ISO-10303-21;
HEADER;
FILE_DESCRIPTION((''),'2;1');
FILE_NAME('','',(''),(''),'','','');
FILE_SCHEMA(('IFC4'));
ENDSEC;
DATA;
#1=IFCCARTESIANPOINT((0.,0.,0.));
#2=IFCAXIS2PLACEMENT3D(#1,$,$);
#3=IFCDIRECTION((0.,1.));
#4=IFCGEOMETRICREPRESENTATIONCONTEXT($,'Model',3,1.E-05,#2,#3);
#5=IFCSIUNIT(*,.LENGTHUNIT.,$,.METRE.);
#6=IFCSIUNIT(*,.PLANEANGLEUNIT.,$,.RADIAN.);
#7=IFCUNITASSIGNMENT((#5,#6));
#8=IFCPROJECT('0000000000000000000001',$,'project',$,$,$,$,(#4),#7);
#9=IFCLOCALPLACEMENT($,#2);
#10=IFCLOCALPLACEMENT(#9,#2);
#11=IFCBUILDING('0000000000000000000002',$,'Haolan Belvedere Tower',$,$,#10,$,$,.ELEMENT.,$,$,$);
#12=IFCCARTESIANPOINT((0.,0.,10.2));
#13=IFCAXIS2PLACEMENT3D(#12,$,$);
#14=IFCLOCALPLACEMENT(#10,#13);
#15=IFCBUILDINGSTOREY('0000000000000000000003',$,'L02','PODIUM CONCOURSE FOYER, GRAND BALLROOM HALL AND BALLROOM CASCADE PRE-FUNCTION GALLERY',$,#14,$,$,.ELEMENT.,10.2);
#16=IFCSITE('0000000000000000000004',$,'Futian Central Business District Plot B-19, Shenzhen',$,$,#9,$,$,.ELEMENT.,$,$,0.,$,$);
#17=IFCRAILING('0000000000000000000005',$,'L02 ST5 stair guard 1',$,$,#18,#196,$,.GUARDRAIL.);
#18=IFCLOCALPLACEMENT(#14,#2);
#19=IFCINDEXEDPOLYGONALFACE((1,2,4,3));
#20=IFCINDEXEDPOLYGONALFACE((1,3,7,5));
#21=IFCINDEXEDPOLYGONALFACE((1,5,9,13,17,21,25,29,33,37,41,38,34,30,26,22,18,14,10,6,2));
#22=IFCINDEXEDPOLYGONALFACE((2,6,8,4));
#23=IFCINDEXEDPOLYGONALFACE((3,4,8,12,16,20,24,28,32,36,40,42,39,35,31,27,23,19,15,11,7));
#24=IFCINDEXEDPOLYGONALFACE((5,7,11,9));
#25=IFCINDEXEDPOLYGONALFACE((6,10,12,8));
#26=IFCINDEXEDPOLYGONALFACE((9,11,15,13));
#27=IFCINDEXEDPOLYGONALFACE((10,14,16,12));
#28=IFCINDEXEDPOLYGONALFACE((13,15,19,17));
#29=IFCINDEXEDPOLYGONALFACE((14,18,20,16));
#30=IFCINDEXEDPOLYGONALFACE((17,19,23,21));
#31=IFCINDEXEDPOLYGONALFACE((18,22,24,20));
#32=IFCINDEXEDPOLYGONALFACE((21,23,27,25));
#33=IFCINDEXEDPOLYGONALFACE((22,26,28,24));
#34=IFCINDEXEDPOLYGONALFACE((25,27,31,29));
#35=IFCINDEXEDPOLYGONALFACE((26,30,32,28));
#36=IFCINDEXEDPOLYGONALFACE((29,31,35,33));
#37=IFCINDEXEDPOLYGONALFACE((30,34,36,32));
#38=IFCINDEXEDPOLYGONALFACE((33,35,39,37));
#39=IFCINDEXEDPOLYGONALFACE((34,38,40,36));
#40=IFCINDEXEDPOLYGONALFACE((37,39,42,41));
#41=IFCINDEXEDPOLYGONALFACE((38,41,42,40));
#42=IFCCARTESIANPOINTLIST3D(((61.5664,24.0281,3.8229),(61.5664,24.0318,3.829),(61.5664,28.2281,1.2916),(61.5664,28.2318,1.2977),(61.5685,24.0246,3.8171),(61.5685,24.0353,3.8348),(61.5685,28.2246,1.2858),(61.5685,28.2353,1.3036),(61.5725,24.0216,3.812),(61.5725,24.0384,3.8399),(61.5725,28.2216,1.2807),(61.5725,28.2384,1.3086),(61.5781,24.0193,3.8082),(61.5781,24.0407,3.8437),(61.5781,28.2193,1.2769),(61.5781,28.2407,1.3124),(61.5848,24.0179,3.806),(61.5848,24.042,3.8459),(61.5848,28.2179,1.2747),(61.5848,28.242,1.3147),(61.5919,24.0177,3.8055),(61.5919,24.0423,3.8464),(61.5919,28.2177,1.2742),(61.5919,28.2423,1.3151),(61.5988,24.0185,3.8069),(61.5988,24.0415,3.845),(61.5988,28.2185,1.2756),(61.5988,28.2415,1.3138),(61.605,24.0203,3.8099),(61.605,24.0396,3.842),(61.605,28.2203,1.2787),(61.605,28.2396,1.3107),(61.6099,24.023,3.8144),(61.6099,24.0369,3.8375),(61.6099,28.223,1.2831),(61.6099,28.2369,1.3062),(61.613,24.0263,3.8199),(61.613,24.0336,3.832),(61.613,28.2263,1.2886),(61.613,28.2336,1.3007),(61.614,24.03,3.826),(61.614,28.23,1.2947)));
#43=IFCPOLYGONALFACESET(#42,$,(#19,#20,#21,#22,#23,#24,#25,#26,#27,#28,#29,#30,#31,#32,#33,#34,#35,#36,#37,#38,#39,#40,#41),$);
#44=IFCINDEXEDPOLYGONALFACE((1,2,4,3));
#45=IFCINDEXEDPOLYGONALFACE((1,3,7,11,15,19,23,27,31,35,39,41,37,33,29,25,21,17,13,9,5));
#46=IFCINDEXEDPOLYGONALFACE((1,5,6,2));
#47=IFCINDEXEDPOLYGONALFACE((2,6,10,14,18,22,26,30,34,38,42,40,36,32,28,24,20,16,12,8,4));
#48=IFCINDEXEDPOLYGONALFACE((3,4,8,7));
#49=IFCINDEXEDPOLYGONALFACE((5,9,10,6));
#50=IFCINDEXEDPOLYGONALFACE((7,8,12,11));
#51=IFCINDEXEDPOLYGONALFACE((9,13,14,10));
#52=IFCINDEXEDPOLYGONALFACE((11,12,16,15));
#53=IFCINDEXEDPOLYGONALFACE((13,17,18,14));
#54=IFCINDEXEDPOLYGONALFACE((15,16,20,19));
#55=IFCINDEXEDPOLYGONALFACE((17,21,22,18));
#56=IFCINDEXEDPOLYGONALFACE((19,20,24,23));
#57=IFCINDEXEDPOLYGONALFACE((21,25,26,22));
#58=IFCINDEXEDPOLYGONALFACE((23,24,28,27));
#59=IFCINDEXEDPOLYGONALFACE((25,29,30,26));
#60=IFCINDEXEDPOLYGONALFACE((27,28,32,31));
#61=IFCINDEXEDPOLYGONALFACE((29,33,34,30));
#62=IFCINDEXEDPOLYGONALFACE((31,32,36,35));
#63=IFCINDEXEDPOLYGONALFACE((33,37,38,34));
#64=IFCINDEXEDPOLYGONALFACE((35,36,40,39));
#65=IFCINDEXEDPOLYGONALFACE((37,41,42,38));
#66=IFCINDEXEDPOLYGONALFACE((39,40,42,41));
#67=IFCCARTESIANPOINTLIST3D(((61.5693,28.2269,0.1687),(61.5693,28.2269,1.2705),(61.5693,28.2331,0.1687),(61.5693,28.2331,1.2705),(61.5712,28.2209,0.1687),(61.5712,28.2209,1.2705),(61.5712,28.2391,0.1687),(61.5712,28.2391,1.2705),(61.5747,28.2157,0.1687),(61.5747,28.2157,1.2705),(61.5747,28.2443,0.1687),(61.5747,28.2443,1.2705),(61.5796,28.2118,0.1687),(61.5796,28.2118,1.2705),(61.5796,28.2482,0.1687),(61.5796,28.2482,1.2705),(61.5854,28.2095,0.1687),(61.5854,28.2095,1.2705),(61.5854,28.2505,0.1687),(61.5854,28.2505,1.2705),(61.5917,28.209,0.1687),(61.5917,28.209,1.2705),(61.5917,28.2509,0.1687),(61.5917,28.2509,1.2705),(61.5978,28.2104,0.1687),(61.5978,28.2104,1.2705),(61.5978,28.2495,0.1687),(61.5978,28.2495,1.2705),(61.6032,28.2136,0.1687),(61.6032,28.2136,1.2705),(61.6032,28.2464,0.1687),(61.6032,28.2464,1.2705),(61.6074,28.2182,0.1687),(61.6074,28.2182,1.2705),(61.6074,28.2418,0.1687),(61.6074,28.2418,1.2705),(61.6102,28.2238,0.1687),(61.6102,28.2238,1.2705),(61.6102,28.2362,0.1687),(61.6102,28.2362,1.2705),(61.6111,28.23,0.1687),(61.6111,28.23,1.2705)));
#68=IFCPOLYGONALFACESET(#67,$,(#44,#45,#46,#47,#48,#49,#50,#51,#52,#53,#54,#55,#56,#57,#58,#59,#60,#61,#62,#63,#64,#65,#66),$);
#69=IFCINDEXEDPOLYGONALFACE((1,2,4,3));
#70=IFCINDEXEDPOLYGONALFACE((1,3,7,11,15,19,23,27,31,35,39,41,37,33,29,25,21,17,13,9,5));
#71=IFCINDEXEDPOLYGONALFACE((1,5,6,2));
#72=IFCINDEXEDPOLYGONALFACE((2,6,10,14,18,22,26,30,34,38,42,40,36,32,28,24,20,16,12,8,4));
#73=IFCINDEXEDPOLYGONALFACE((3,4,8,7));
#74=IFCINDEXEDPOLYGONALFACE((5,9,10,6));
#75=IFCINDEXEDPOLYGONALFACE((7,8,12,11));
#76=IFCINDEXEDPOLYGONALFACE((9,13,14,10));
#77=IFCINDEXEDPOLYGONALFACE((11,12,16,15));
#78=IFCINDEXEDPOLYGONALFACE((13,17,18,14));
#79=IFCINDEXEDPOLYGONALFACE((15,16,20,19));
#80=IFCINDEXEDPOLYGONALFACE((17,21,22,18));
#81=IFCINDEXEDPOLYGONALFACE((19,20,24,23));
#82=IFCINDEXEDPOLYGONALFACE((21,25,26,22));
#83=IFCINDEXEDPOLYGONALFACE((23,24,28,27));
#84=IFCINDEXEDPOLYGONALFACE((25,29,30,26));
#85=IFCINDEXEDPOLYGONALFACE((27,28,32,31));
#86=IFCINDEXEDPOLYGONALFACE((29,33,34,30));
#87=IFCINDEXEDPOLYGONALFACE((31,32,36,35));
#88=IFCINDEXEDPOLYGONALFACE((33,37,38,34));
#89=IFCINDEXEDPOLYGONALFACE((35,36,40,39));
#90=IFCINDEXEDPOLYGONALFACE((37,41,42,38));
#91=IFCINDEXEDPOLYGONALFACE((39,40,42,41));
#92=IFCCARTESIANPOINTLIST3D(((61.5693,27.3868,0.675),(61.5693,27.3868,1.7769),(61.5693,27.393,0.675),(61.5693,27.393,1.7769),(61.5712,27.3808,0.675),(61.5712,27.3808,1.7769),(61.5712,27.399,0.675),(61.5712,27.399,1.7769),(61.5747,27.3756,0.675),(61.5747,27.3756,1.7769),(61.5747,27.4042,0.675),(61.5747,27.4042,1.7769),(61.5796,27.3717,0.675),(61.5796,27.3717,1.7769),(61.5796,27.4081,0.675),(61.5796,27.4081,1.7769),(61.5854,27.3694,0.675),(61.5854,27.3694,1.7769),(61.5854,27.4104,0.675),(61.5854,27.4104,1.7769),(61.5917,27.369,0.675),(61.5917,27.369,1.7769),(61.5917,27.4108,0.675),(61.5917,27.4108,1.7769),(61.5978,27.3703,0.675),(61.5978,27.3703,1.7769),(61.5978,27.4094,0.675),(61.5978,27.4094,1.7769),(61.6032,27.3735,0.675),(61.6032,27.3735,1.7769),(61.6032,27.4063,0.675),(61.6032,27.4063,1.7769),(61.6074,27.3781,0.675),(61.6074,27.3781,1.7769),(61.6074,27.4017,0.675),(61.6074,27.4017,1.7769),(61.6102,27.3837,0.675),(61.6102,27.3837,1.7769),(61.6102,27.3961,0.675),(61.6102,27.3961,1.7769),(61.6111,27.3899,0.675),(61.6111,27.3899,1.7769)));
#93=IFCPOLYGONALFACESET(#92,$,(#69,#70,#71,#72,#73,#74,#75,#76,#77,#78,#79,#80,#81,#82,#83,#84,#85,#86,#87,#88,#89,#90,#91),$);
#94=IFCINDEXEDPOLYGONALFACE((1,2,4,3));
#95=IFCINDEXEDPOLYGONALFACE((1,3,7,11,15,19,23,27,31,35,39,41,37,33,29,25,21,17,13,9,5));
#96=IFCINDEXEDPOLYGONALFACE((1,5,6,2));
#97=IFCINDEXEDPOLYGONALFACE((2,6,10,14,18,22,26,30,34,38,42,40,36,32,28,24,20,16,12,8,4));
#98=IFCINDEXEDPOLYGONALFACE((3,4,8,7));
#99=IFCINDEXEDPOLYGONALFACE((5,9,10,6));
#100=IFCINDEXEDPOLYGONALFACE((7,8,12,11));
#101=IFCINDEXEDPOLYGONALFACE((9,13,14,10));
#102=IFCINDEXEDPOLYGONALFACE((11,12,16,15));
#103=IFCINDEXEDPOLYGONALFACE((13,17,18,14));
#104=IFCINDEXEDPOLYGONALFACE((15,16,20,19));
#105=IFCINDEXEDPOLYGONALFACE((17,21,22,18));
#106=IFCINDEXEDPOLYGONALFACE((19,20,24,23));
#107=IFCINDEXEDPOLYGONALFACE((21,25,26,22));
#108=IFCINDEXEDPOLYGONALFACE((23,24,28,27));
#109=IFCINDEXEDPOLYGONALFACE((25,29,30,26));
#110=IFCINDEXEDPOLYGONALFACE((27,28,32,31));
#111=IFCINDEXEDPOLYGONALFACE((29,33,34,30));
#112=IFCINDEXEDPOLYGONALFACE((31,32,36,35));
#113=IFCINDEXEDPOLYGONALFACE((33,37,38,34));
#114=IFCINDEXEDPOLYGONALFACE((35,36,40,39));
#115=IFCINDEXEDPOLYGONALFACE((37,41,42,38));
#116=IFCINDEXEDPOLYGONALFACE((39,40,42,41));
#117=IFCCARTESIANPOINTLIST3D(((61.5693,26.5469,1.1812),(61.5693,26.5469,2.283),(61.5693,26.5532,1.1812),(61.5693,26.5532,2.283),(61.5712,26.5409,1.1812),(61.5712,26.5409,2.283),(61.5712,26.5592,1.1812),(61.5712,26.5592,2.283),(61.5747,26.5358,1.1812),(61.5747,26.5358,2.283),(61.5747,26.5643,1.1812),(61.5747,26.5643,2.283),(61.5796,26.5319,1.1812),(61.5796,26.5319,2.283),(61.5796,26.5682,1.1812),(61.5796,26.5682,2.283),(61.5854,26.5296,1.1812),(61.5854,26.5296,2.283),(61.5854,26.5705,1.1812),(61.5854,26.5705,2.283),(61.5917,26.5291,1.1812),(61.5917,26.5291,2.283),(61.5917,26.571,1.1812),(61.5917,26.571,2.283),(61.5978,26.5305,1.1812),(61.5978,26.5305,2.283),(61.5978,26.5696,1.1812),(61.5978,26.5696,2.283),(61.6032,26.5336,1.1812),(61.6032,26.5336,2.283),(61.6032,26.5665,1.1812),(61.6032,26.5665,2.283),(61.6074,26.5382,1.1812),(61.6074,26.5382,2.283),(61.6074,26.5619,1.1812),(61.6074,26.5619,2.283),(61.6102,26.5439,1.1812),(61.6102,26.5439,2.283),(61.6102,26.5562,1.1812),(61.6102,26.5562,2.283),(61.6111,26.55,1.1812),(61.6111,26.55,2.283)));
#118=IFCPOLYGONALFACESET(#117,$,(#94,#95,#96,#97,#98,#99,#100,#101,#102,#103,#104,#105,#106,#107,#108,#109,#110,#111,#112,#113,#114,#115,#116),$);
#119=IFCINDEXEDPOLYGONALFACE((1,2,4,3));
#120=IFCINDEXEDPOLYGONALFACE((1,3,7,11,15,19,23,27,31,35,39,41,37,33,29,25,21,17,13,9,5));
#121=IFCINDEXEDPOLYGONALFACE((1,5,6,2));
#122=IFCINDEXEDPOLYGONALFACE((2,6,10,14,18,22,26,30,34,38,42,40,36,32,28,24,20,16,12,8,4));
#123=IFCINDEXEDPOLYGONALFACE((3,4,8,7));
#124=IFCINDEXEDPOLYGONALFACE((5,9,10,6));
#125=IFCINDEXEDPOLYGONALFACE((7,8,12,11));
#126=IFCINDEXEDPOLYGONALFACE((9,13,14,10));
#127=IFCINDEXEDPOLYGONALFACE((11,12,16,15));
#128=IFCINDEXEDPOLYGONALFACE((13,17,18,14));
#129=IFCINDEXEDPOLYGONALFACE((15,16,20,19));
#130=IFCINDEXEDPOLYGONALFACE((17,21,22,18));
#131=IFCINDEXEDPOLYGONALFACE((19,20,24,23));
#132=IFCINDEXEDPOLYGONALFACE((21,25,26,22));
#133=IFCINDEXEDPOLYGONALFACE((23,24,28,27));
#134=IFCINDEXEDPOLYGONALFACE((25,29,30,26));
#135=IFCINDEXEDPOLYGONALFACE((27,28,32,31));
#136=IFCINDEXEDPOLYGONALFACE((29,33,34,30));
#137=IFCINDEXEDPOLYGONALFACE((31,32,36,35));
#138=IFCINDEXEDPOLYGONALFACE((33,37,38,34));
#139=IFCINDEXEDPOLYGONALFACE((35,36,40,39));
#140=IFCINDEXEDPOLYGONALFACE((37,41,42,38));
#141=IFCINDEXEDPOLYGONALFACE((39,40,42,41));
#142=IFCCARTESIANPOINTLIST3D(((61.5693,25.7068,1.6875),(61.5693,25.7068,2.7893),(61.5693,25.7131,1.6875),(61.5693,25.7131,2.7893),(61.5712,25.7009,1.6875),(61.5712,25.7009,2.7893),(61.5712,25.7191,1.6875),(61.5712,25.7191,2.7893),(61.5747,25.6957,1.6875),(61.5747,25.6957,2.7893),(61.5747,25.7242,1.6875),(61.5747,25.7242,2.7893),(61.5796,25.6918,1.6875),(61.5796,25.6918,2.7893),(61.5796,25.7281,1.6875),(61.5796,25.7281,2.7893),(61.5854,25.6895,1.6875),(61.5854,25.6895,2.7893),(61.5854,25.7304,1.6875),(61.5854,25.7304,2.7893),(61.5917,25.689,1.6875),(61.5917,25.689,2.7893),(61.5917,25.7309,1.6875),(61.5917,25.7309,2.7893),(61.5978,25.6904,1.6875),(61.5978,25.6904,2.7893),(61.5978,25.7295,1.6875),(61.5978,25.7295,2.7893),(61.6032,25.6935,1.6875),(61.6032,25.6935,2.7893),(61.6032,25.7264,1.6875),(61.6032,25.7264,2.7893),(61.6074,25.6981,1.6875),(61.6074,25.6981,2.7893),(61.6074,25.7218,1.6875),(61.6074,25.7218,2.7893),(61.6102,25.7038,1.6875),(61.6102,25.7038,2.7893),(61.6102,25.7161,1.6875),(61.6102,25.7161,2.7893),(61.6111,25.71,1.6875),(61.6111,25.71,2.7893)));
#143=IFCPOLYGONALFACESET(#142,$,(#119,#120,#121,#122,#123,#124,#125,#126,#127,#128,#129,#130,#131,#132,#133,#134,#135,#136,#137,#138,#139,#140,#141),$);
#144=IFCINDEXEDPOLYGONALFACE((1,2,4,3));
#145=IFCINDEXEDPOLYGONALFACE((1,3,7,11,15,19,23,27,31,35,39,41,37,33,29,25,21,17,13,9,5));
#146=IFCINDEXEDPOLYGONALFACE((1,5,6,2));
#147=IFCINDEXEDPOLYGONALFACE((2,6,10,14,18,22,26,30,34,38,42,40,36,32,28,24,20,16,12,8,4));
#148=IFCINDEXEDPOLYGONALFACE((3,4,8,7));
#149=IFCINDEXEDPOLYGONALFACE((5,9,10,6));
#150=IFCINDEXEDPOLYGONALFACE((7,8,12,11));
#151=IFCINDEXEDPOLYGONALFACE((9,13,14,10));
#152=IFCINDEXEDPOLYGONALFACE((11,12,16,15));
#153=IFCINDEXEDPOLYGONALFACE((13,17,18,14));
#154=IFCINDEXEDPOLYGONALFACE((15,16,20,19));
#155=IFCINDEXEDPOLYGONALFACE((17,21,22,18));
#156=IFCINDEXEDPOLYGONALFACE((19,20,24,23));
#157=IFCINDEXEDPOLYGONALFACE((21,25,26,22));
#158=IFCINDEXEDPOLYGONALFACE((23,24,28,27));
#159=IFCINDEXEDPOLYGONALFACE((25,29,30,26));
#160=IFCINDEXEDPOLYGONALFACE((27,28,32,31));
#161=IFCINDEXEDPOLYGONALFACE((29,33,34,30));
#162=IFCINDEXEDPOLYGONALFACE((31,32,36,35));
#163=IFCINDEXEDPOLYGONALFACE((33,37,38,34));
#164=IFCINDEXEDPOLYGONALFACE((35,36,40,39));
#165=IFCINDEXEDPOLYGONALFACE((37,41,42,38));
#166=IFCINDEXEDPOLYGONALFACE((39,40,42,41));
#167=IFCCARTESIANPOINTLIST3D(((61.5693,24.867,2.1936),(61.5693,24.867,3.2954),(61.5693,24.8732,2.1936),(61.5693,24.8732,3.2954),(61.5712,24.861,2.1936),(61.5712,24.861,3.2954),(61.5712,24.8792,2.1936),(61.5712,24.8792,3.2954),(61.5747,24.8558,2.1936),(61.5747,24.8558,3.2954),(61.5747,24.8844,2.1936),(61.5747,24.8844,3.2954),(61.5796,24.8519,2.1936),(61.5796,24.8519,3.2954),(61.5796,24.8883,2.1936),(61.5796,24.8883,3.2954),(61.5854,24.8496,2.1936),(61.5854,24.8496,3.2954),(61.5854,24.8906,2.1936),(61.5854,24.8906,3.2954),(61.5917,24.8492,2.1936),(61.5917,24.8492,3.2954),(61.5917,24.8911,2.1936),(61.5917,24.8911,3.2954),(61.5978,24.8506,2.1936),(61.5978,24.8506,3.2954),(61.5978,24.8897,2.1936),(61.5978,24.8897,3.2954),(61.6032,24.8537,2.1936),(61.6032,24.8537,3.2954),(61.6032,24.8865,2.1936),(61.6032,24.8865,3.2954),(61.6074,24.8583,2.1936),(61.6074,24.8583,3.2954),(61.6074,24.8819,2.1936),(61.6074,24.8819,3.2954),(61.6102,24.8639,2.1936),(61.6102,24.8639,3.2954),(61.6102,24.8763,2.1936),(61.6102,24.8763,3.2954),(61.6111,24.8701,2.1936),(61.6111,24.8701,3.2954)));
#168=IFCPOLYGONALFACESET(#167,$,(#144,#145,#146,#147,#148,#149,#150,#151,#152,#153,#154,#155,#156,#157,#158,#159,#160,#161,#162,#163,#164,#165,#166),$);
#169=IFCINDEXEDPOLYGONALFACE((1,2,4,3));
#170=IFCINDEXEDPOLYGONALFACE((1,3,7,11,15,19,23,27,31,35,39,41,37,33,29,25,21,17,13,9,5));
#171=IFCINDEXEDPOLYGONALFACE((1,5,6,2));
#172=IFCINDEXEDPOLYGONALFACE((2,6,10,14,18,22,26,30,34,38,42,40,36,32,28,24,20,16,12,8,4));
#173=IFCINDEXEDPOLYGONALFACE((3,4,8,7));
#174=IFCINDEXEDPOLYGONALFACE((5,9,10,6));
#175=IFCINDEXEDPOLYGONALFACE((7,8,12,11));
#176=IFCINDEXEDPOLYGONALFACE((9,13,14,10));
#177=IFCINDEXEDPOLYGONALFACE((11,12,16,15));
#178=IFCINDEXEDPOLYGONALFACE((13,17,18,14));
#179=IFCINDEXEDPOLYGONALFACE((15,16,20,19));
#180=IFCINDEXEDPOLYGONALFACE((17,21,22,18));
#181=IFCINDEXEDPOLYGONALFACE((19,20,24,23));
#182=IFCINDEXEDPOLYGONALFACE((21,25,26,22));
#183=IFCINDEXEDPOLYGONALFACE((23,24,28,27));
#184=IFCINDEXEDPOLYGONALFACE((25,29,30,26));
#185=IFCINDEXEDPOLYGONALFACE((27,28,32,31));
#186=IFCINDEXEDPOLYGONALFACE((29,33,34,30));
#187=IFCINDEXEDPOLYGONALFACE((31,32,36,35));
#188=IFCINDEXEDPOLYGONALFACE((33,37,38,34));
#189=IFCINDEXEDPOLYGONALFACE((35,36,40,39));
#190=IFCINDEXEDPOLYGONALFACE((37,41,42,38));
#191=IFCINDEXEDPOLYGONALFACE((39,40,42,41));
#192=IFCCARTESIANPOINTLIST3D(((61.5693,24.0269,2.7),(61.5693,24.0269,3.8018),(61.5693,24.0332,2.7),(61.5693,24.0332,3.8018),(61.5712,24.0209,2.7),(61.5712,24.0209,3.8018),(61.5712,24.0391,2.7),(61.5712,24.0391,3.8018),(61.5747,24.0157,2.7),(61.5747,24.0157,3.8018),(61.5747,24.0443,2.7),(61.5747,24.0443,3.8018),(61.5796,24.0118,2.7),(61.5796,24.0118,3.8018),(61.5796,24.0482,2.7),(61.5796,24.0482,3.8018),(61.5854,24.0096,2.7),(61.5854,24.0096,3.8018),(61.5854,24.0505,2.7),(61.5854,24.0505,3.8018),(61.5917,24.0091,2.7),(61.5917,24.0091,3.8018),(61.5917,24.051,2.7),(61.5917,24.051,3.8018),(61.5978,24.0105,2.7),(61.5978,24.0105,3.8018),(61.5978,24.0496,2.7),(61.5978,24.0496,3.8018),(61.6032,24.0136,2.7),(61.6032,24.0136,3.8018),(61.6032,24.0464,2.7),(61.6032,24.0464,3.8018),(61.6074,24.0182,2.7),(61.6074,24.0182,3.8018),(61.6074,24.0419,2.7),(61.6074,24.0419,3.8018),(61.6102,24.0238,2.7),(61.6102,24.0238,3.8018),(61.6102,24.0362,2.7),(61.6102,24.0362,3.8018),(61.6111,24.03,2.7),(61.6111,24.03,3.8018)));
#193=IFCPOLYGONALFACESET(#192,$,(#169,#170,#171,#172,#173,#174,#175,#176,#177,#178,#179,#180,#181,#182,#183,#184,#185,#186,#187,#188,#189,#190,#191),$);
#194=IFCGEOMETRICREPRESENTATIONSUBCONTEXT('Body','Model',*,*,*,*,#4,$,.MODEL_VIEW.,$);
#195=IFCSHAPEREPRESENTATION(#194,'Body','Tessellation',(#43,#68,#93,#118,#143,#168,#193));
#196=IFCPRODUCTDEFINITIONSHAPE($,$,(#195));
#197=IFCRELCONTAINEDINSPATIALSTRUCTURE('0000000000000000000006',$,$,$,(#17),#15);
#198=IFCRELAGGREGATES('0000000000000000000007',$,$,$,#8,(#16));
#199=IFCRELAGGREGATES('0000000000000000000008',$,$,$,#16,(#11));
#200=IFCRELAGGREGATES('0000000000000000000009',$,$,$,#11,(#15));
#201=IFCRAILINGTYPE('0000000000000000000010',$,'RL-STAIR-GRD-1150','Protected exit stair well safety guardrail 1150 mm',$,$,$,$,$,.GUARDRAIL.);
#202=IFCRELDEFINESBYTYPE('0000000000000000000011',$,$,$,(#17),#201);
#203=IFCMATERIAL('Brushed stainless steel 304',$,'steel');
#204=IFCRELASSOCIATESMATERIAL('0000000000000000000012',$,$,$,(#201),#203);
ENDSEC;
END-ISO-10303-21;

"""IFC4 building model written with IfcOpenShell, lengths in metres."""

from ifc_helpers import new_model, si_unit, direction, frame, origin, origin_2d, place, context, subcontext, project, spatial, circle, extrude, material, type_object, element, save


model = new_model("IFC4")

# Units and contexts
model_context = context("Model", 3, precision=1e-05, world=origin(), true_north=direction((0.0, 1.0)))
body_context = subcontext(model_context, "Body", "Model", "MODEL_VIEW")
ifc_project = project(units=[si_unit("LENGTHUNIT", "METRE"), si_unit("PLANEANGLEUNIT", "RADIAN")], contexts=[model_context])

# Site, building, storey
site_placement = place(None, origin())
site = spatial("IfcSite", under=ifc_project, at=site_placement, Name="Futian Central Business District Plot B-19, Shenzhen", CompositionType="ELEMENT", RefElevation=0.0)
building_placement = place(site_placement, origin())
building = spatial("IfcBuilding", under=site, at=building_placement, Name="Haolan Belvedere Tower", CompositionType="ELEMENT")
storey_placement = place(building_placement, frame((0.0, 0.0, 10.2)))
storey = spatial("IfcBuildingStorey", under=building, at=storey_placement, Name="L02", Description="PODIUM CONCOURSE FOYER, GRAND BALLROOM HALL AND BALLROOM CASCADE PRE-FUNCTION GALLERY", CompositionType="ELEMENT", Elevation=10.2)

# Railing
ifc_material_1 = material(Name="Brushed stainless steel 304", Category="steel")
railing_type_1 = type_object("IfcRailingType", Name="RL-STAIR-GRD-1150", Description="Protected exit stair well safety guardrail 1150 mm", PredefinedType="GUARDRAIL", material=ifc_material_1)
railing_1_placement = place(storey_placement, frame((61.5901, 28.23, 0.1687)))
element("IfcRailing", 1, at=railing_1_placement, inside=storey, type_object=railing_type_1, Name="L02 ST5 stair guard 1", PredefinedType="GUARDRAIL", context=body_context, shape_type="SweptSolid", body=[
    extrude(circle(Radius=0.0239, at=origin_2d()), frame((0.0, 0.0, 1.126), z_axis=(0.0, -0.856476, 0.516186), x_axis=(1.0, 0.0, 0.0)), (0.0, 0.0, 1.0), 4.9038),
    extrude(circle(Radius=0.021, at=origin_2d()), origin(), (0.0, 0.0, 1.0), 1.1018),
    extrude(circle(Radius=0.021, at=origin_2d()), frame((0.0, -0.8401, 0.5063)), (0.0, 0.0, 1.0), 1.1018),
    extrude(circle(Radius=0.021, at=origin_2d()), frame((0.0, -1.6799, 1.0125)), (0.0, 0.0, 1.0), 1.1018),
    extrude(circle(Radius=0.021, at=origin_2d()), frame((0.0, -2.52, 1.5188)), (0.0, 0.0, 1.0), 1.1018),
    extrude(circle(Radius=0.021, at=origin_2d()), frame((0.0, -3.3599, 2.0249)), (0.0, 0.0, 1.0), 1.1018),
    extrude(circle(Radius=0.021, at=origin_2d()), frame((0.0, -4.2, 2.5312)), (0.0, 0.0, 1.0), 1.1018),
])

save(model, "model.ifc")
